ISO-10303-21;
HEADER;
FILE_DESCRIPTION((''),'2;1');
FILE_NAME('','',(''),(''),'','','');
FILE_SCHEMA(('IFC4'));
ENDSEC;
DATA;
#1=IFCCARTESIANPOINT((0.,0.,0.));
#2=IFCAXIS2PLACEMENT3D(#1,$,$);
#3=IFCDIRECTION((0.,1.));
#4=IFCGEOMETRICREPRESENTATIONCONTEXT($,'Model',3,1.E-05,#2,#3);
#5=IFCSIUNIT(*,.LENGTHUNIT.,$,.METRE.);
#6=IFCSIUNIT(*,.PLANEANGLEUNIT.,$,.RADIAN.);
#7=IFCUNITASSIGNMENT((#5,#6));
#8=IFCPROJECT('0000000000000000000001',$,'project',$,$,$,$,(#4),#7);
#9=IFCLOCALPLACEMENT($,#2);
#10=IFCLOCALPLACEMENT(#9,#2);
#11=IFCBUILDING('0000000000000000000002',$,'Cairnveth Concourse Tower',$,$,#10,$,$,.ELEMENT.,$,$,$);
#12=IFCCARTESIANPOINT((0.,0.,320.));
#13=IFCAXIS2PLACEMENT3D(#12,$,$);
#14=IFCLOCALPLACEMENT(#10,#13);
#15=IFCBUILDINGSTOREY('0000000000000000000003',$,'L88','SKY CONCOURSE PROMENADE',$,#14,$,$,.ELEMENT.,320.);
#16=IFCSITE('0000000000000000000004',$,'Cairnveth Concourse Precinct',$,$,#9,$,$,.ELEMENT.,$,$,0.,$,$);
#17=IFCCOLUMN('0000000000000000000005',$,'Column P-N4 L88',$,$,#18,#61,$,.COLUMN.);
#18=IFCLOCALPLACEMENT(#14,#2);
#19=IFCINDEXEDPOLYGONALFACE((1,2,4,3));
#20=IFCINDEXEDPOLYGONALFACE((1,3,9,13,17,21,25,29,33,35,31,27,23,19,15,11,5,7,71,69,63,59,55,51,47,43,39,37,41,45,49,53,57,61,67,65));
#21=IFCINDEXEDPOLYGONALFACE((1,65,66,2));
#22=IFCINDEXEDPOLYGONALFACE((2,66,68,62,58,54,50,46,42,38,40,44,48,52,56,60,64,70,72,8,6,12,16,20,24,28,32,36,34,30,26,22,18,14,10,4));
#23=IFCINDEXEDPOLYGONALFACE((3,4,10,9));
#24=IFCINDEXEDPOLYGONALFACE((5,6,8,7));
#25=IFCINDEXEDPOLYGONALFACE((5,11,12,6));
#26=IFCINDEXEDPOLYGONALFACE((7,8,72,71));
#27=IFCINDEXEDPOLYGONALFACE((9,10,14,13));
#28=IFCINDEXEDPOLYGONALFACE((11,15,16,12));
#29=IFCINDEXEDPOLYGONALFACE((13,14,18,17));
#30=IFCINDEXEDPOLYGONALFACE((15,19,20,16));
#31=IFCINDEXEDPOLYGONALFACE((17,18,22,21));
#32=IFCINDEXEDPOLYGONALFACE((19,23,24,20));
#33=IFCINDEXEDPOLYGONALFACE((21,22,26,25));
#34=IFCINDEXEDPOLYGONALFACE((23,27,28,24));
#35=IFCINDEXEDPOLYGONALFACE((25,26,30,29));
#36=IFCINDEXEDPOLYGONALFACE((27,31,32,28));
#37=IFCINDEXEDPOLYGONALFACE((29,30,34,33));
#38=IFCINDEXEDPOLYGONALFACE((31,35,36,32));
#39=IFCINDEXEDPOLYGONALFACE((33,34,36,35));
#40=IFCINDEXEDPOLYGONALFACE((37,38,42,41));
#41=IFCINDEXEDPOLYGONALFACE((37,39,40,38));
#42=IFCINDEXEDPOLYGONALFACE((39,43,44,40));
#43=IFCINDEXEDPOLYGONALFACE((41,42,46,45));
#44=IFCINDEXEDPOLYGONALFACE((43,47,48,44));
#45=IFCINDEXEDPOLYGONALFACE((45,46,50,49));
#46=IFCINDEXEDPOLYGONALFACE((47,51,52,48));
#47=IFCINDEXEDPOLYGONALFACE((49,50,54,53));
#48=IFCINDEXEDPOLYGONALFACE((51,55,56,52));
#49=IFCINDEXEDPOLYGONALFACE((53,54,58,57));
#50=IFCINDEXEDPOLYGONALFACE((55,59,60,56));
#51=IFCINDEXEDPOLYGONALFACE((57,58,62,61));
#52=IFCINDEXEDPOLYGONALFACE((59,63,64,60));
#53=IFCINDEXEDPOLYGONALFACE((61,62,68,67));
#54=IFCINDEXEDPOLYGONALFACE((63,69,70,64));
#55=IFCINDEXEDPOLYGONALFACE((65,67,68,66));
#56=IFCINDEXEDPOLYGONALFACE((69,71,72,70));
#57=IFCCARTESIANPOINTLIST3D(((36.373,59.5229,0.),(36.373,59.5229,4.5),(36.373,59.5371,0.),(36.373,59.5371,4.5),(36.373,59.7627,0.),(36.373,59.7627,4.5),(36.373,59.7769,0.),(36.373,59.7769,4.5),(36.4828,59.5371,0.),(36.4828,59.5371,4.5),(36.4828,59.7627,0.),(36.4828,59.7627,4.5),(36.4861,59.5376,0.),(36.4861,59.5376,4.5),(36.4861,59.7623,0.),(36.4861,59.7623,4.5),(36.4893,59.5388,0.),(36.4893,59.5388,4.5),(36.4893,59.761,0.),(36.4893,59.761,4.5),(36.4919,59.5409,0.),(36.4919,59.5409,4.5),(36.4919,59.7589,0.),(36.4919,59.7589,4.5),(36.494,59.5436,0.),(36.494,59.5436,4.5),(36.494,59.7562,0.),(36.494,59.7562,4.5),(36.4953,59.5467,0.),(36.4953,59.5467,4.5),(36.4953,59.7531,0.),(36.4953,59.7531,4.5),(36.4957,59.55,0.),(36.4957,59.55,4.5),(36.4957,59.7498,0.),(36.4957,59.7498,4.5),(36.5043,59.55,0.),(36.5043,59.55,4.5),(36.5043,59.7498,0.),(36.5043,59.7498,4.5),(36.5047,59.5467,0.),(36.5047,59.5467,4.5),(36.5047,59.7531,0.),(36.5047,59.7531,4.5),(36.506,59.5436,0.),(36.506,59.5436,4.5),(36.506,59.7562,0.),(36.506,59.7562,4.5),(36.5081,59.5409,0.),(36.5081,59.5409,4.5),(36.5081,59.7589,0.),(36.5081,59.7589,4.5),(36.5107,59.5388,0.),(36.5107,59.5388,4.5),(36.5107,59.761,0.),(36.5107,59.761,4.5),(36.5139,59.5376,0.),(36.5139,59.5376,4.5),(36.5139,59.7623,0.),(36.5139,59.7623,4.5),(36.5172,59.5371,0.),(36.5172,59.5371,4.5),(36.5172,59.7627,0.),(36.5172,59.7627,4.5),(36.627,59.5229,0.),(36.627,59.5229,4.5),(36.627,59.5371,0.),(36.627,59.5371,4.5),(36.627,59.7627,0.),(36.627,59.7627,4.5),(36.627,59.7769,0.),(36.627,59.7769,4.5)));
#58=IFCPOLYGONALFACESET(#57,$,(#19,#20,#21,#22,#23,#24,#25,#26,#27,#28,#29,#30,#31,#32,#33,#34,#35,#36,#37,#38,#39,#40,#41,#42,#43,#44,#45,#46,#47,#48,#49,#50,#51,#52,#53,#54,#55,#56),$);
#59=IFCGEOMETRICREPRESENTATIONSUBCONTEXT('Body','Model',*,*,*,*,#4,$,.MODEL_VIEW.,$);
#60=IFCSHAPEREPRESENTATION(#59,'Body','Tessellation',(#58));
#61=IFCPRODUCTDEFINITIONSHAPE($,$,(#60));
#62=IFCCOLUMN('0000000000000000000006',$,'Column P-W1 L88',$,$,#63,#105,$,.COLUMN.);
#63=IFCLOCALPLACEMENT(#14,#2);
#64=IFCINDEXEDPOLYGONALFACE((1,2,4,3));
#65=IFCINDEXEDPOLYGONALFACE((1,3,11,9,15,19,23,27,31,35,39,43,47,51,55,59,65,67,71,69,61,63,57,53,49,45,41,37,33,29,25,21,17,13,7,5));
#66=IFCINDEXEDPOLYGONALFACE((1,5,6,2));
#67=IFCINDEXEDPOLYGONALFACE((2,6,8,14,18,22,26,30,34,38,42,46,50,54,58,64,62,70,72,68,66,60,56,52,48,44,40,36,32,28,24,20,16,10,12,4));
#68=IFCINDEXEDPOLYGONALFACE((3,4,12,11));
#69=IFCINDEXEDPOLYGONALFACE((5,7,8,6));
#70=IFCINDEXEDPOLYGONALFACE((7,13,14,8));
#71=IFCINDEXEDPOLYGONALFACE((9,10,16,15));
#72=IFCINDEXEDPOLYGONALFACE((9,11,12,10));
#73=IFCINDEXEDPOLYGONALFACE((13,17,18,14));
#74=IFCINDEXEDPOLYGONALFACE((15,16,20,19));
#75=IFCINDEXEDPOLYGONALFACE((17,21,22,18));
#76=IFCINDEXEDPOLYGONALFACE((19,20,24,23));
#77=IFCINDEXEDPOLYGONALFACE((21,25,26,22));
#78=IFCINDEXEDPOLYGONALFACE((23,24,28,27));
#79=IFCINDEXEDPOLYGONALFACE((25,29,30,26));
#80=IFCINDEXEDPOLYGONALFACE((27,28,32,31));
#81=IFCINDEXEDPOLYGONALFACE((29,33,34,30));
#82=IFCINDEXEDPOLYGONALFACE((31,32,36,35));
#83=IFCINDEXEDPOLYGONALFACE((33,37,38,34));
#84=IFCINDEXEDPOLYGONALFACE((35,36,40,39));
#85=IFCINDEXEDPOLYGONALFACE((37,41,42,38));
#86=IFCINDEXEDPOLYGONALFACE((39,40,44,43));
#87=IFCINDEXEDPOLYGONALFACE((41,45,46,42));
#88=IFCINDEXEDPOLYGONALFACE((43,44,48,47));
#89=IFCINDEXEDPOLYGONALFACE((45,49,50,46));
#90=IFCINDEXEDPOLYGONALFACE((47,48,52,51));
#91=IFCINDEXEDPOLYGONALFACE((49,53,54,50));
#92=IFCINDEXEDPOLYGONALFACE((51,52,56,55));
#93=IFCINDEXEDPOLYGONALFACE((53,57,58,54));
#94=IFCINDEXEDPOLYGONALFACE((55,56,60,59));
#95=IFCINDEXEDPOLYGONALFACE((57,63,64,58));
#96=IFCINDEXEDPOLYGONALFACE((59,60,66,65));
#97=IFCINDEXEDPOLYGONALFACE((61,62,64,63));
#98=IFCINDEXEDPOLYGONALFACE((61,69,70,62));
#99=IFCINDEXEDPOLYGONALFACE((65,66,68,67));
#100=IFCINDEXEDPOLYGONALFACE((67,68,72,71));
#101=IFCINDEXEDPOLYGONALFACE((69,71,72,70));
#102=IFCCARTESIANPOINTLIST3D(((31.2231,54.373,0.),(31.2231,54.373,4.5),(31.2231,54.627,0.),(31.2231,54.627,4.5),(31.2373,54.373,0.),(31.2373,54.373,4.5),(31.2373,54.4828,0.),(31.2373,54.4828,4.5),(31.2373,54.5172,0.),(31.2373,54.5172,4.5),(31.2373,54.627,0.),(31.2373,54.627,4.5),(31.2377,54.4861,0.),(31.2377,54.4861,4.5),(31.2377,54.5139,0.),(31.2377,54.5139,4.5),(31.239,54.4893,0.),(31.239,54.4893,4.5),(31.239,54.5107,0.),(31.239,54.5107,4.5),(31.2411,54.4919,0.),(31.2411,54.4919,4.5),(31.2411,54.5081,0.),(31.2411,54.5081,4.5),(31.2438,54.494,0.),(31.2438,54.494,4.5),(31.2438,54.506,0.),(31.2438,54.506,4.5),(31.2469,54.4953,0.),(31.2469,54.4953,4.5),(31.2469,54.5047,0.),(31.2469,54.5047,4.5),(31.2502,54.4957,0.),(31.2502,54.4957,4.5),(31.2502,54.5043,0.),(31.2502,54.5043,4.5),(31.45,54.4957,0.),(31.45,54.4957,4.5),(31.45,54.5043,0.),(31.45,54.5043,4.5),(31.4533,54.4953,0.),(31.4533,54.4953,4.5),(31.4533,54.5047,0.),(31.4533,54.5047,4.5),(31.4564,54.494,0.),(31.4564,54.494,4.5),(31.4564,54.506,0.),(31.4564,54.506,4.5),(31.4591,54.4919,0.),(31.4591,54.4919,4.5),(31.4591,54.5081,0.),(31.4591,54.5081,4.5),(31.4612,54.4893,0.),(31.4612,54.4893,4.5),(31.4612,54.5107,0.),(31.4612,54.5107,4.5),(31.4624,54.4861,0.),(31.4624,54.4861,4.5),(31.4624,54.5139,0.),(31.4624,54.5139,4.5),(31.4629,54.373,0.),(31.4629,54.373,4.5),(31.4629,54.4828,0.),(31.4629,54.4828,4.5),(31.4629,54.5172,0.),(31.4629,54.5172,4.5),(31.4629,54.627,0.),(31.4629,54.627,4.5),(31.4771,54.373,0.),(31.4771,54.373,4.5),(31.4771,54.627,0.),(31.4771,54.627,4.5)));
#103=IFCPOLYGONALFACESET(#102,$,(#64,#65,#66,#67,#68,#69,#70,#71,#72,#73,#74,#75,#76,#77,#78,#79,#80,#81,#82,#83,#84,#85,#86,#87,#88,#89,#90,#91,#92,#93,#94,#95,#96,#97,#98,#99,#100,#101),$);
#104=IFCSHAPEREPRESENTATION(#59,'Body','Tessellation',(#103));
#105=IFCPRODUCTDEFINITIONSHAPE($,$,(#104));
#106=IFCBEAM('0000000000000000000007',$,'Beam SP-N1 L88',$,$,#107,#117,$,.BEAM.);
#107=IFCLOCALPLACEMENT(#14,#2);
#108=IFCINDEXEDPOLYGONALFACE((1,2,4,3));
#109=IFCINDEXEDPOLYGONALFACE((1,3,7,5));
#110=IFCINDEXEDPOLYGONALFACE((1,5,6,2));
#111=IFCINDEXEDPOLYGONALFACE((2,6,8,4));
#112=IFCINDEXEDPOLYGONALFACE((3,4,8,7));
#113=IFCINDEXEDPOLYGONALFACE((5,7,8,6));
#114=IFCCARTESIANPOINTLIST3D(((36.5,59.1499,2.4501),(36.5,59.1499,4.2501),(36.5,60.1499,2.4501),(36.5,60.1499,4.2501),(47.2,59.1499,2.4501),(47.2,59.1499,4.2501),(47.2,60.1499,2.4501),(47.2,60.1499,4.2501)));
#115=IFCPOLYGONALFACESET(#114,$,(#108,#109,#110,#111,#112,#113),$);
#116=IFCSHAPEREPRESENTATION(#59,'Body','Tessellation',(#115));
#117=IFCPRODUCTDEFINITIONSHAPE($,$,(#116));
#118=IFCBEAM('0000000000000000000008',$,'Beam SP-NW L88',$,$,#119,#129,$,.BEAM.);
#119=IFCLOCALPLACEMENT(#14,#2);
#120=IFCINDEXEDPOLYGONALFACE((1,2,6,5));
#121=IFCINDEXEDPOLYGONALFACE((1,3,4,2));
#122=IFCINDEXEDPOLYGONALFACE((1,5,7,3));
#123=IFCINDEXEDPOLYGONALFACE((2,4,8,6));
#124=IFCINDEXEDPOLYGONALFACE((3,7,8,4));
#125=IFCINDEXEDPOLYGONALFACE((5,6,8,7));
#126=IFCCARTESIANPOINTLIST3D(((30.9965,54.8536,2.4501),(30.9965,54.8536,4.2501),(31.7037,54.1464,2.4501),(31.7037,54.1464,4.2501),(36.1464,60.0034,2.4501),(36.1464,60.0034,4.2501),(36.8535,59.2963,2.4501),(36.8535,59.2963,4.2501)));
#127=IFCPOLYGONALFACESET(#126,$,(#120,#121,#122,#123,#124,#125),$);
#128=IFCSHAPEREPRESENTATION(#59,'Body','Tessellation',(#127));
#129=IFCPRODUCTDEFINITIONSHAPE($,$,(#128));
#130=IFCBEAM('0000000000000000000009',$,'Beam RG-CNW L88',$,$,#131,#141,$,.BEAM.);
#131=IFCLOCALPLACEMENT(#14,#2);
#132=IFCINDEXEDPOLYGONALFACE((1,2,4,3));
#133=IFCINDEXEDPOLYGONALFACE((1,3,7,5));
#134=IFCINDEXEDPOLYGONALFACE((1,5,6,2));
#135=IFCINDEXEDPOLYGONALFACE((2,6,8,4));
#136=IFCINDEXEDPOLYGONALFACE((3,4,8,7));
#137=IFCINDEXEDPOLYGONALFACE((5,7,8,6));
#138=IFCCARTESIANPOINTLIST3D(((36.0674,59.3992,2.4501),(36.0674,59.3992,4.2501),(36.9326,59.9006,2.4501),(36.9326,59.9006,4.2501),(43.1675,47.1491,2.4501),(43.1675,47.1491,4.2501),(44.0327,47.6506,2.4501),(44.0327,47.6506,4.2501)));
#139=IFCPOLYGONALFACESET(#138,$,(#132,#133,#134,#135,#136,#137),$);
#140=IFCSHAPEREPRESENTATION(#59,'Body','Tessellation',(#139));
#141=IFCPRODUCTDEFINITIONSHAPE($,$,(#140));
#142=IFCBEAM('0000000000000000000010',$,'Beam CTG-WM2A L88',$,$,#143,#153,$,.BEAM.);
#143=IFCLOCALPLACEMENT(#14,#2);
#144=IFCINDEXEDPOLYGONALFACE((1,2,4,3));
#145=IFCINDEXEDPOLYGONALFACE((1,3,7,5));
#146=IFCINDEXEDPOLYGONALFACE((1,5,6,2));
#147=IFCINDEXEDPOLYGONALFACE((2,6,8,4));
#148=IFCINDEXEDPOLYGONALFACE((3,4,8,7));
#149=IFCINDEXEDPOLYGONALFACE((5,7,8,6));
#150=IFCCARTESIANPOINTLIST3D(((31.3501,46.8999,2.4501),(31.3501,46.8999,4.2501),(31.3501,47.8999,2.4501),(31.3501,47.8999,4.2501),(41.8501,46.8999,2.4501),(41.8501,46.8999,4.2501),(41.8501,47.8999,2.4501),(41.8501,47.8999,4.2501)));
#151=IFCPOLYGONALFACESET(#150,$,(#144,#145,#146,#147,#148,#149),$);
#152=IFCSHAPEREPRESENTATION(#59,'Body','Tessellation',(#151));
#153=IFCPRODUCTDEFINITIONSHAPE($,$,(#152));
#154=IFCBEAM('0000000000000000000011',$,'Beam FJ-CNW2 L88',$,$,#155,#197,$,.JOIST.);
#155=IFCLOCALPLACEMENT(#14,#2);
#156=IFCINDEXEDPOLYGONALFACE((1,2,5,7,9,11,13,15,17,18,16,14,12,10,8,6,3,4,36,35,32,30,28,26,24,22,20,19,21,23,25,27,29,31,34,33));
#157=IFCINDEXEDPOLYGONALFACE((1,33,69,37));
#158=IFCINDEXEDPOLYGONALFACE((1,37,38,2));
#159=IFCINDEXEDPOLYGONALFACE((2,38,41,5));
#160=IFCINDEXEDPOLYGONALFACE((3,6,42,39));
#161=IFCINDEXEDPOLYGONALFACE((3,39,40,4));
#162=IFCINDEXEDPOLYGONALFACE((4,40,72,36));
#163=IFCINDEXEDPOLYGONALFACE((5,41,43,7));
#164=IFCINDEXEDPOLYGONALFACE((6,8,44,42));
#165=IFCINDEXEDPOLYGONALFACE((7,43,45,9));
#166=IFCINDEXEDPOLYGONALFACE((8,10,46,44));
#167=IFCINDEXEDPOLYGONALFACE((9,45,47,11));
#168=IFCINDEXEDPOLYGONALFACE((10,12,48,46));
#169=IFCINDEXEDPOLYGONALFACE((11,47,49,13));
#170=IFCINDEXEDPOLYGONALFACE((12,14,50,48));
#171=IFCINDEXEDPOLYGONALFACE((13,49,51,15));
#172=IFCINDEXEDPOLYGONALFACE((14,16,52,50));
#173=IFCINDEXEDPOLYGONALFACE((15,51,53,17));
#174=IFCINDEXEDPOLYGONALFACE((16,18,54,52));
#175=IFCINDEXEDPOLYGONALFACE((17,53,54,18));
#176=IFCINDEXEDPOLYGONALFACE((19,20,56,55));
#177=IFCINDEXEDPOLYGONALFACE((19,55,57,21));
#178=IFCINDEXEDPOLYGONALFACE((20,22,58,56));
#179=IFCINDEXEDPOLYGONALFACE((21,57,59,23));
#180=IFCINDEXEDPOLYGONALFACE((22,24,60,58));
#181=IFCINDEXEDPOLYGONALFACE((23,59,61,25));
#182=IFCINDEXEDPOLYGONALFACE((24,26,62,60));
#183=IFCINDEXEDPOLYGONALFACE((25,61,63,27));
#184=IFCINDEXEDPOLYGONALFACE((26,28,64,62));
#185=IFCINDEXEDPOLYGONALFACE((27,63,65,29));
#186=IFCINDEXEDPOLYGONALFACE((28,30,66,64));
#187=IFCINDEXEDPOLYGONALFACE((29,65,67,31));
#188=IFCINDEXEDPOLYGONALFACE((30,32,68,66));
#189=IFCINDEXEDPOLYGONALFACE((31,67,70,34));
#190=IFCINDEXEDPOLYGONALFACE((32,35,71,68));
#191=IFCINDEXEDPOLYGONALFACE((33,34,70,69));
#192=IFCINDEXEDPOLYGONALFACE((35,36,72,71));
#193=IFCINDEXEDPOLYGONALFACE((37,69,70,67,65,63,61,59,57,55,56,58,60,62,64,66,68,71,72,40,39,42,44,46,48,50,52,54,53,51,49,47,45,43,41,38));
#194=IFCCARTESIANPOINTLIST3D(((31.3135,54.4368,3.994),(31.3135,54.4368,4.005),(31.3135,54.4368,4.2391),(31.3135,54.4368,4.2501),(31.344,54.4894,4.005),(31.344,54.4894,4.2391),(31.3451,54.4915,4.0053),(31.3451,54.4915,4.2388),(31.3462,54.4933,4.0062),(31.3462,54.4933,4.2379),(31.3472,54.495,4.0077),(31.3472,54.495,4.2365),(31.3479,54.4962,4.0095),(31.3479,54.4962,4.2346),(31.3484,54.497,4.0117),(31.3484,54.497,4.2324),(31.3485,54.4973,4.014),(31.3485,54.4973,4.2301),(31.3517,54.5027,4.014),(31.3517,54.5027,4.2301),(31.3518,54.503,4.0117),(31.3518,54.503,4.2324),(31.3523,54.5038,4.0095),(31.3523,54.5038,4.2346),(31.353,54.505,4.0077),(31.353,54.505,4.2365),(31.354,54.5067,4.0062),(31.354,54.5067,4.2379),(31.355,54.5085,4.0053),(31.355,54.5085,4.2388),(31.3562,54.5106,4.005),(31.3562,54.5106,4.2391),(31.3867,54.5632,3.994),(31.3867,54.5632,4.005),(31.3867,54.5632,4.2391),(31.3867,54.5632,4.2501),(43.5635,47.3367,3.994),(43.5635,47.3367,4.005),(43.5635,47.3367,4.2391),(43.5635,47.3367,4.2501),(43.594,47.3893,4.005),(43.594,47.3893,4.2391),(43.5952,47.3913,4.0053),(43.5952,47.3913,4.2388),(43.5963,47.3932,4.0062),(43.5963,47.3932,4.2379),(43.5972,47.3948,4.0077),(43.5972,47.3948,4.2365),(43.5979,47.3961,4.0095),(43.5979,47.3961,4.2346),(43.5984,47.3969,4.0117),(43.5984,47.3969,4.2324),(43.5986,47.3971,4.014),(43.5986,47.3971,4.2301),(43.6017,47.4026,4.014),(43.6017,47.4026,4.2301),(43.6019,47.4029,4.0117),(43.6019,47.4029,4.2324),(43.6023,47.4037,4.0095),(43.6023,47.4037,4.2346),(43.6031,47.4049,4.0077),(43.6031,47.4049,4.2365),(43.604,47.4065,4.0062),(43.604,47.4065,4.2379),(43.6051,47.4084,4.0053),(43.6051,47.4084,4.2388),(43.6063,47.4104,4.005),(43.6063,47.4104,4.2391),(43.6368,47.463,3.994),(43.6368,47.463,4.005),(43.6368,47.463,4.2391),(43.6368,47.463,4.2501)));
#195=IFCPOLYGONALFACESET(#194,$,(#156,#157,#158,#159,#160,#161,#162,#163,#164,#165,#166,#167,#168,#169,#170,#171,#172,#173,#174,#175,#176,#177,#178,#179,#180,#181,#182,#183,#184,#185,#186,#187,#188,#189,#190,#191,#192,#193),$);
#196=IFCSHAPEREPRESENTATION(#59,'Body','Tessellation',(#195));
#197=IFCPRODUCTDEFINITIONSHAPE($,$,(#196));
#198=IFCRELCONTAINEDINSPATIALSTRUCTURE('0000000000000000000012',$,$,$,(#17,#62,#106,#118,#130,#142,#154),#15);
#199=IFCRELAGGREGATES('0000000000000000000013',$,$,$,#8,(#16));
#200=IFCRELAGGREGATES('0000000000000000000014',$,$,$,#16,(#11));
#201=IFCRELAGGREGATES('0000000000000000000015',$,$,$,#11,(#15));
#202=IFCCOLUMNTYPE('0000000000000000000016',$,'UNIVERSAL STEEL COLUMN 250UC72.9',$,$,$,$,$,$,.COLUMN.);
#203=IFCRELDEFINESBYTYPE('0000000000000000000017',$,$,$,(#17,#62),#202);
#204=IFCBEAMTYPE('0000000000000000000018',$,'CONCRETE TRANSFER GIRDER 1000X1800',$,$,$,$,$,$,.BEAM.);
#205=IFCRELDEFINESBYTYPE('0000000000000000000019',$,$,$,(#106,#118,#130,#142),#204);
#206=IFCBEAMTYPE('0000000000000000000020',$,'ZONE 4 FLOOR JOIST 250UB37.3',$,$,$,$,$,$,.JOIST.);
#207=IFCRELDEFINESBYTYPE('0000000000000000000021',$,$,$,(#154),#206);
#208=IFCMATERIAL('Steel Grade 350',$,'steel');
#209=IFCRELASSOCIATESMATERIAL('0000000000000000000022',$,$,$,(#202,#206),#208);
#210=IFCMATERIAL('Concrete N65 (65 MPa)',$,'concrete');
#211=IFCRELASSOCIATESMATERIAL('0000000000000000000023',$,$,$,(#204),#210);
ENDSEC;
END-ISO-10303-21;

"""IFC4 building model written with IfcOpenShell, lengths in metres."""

from ifc_helpers import new_model, si_unit, direction, frame, origin, origin_2d, place, context, subcontext, project, spatial, rectangle, i_section, extrude, material, material_profile, profile_set, type_object, element, save


model = new_model("IFC4")

# Units and contexts
model_context = context("Model", 3, precision=1e-05, world=origin(), true_north=direction((0.0, 1.0)))
body_context = subcontext(model_context, "Body", "Model", "MODEL_VIEW")
ifc_project = project(units=[si_unit("LENGTHUNIT", "METRE"), si_unit("PLANEANGLEUNIT", "RADIAN")], contexts=[model_context])

# Site, building, storey
site_placement = place(None, origin())
site = spatial("IfcSite", under=ifc_project, at=site_placement, Name="Cairnveth Concourse Precinct", CompositionType="ELEMENT", RefElevation=0.0)
building_placement = place(site_placement, origin())
building = spatial("IfcBuilding", under=site, at=building_placement, Name="Cairnveth Concourse Tower", CompositionType="ELEMENT")
storey_placement = place(building_placement, frame((0.0, 0.0, 320.0)))
storey = spatial("IfcBuildingStorey", under=building, at=storey_placement, Name="L88", Description="SKY CONCOURSE PROMENADE", CompositionType="ELEMENT", Elevation=320.0)

# Columns
ifc_material_1 = material(Name="Steel Grade 350", Category="steel")
ifc_material_profile_1 = material_profile(ifc_material_1, i_section(OverallWidth=0.2539, OverallDepth=0.2539, WebThickness=0.0085, FlangeThickness=0.0142, FilletRadius=0.0129, at=origin_2d()), Name="250UC72.9")
ifc_profile_set_1 = profile_set([ifc_material_profile_1], Name="Steel Grade 350")
column_type = type_object("IfcColumnType", Name="UNIVERSAL STEEL COLUMN 250UC72.9", PredefinedType="COLUMN", material=ifc_profile_set_1)
for number, where, z_axis, x_axis, name in (
    (1, (36.5, 59.6499, 0.0), (0.0, 0.0, 1.0), (1.0, 0.0, 0.0), "Column P-N4 L88"),
    (2, (31.3501, 54.5, 0.0), (0.0, 0.0, 1.0), (0.0, 1.0, 0.0), "Column P-W1 L88"),
):
    element("IfcColumn", number, at=place(storey_placement, frame(where, z_axis=z_axis, x_axis=x_axis)), inside=storey, type_object=column_type, Name=name, PredefinedType="COLUMN", context=body_context, shape_type="SweptSolid", body=[
        extrude(i_section(OverallWidth=0.2539, OverallDepth=0.2539, WebThickness=0.0085, FlangeThickness=0.0142, FilletRadius=0.0129, at=origin_2d()), origin(), (0.0, 0.0, 1.0), 4.5),
    ])

# Beams
ifc_material_2 = material(Name="Concrete N65 (65 MPa)", Category="concrete")
ifc_material_profile_2 = material_profile(ifc_material_2, rectangle(XDim=1.0, YDim=1.8, at=origin_2d()), Name="RC-TB-1000x1800")
ifc_profile_set_2 = profile_set([ifc_material_profile_2], Name="Concrete N65 (65 MPa)")
beam_type_1 = type_object("IfcBeamType", Name="CONCRETE TRANSFER GIRDER 1000X1800", PredefinedType="BEAM", material=ifc_profile_set_2)
beam_1_placement = place(storey_placement, frame((36.5, 59.6499, 3.3501), z_axis=(1.0, 0.0, 0.0), x_axis=(0.0, 1.0, 0.0)))
element("IfcBeam", 3, at=beam_1_placement, inside=storey, type_object=beam_type_1, Name="Beam SP-N1 L88", PredefinedType="BEAM", context=body_context, shape_type="SweptSolid", body=[
    extrude(rectangle(XDim=1.0, YDim=1.8, at=origin_2d()), origin(), (0.0, 0.0, 1.0), 10.7),
])
beam_2_placement = place(storey_placement, frame((31.3501, 54.5, 3.3501), z_axis=(0.707107, 0.707107, 0.0), x_axis=(-0.707107, 0.707107, 0.0)))
element("IfcBeam", 4, at=beam_2_placement, inside=storey, type_object=beam_type_1, Name="Beam SP-NW L88", PredefinedType="BEAM", context=body_context, shape_type="SweptSolid", body=[
    extrude(rectangle(XDim=1.0, YDim=1.8, at=origin_2d()), origin(), (0.0, 0.0, 1.0), 7.283),
])
beam_3_placement = place(storey_placement, frame((36.5, 59.6499, 3.3501), z_axis=(0.501459, -0.865181, 0.0), x_axis=(0.865181, 0.501459, 0.0)))
element("IfcBeam", 5, at=beam_3_placement, inside=storey, type_object=beam_type_1, Name="Beam RG-CNW L88", PredefinedType="BEAM", context=body_context, shape_type="SweptSolid", body=[
    extrude(rectangle(XDim=1.0, YDim=1.8, at=origin_2d()), origin(), (0.0, 0.0, 1.0), 14.1589),
])
beam_4_placement = place(storey_placement, frame((31.3501, 47.3999, 3.3501), z_axis=(1.0, 0.0, 0.0), x_axis=(0.0, 1.0, 0.0)))
element("IfcBeam", 6, at=beam_4_placement, inside=storey, type_object=beam_type_1, Name="Beam CTG-WM2A L88", PredefinedType="BEAM", context=body_context, shape_type="SweptSolid", body=[
    extrude(rectangle(XDim=1.0, YDim=1.8, at=origin_2d()), origin(), (0.0, 0.0, 1.0), 10.5),
])
ifc_material_profile_3 = material_profile(ifc_material_1, i_section(OverallWidth=0.146, OverallDepth=0.2561, WebThickness=0.0063, FlangeThickness=0.011, FilletRadius=0.009, at=origin_2d()), Name="250UB37.3")
ifc_profile_set_3 = profile_set([ifc_material_profile_3], Name="Steel Grade 350")
beam_type_2 = type_object("IfcBeamType", Name="ZONE 4 FLOOR JOIST 250UB37.3", PredefinedType="JOIST", material=ifc_profile_set_3)
beam_5_placement = place(storey_placement, frame((31.3501, 54.5, 4.1221), z_axis=(0.865181, -0.501459, 0.0), x_axis=(0.501459, 0.865181, 0.0)))
element("IfcBeam", 7, at=beam_5_placement, inside=storey, type_object=beam_type_2, Name="Beam FJ-CNW2 L88", PredefinedType="JOIST", context=body_context, shape_type="SweptSolid", body=[
    extrude(i_section(OverallWidth=0.146, OverallDepth=0.2561, WebThickness=0.0063, FlangeThickness=0.011, FilletRadius=0.009, at=origin_2d()), origin(), (0.0, 0.0, 1.0), 14.1589),
])

save(model, "model.ifc")
